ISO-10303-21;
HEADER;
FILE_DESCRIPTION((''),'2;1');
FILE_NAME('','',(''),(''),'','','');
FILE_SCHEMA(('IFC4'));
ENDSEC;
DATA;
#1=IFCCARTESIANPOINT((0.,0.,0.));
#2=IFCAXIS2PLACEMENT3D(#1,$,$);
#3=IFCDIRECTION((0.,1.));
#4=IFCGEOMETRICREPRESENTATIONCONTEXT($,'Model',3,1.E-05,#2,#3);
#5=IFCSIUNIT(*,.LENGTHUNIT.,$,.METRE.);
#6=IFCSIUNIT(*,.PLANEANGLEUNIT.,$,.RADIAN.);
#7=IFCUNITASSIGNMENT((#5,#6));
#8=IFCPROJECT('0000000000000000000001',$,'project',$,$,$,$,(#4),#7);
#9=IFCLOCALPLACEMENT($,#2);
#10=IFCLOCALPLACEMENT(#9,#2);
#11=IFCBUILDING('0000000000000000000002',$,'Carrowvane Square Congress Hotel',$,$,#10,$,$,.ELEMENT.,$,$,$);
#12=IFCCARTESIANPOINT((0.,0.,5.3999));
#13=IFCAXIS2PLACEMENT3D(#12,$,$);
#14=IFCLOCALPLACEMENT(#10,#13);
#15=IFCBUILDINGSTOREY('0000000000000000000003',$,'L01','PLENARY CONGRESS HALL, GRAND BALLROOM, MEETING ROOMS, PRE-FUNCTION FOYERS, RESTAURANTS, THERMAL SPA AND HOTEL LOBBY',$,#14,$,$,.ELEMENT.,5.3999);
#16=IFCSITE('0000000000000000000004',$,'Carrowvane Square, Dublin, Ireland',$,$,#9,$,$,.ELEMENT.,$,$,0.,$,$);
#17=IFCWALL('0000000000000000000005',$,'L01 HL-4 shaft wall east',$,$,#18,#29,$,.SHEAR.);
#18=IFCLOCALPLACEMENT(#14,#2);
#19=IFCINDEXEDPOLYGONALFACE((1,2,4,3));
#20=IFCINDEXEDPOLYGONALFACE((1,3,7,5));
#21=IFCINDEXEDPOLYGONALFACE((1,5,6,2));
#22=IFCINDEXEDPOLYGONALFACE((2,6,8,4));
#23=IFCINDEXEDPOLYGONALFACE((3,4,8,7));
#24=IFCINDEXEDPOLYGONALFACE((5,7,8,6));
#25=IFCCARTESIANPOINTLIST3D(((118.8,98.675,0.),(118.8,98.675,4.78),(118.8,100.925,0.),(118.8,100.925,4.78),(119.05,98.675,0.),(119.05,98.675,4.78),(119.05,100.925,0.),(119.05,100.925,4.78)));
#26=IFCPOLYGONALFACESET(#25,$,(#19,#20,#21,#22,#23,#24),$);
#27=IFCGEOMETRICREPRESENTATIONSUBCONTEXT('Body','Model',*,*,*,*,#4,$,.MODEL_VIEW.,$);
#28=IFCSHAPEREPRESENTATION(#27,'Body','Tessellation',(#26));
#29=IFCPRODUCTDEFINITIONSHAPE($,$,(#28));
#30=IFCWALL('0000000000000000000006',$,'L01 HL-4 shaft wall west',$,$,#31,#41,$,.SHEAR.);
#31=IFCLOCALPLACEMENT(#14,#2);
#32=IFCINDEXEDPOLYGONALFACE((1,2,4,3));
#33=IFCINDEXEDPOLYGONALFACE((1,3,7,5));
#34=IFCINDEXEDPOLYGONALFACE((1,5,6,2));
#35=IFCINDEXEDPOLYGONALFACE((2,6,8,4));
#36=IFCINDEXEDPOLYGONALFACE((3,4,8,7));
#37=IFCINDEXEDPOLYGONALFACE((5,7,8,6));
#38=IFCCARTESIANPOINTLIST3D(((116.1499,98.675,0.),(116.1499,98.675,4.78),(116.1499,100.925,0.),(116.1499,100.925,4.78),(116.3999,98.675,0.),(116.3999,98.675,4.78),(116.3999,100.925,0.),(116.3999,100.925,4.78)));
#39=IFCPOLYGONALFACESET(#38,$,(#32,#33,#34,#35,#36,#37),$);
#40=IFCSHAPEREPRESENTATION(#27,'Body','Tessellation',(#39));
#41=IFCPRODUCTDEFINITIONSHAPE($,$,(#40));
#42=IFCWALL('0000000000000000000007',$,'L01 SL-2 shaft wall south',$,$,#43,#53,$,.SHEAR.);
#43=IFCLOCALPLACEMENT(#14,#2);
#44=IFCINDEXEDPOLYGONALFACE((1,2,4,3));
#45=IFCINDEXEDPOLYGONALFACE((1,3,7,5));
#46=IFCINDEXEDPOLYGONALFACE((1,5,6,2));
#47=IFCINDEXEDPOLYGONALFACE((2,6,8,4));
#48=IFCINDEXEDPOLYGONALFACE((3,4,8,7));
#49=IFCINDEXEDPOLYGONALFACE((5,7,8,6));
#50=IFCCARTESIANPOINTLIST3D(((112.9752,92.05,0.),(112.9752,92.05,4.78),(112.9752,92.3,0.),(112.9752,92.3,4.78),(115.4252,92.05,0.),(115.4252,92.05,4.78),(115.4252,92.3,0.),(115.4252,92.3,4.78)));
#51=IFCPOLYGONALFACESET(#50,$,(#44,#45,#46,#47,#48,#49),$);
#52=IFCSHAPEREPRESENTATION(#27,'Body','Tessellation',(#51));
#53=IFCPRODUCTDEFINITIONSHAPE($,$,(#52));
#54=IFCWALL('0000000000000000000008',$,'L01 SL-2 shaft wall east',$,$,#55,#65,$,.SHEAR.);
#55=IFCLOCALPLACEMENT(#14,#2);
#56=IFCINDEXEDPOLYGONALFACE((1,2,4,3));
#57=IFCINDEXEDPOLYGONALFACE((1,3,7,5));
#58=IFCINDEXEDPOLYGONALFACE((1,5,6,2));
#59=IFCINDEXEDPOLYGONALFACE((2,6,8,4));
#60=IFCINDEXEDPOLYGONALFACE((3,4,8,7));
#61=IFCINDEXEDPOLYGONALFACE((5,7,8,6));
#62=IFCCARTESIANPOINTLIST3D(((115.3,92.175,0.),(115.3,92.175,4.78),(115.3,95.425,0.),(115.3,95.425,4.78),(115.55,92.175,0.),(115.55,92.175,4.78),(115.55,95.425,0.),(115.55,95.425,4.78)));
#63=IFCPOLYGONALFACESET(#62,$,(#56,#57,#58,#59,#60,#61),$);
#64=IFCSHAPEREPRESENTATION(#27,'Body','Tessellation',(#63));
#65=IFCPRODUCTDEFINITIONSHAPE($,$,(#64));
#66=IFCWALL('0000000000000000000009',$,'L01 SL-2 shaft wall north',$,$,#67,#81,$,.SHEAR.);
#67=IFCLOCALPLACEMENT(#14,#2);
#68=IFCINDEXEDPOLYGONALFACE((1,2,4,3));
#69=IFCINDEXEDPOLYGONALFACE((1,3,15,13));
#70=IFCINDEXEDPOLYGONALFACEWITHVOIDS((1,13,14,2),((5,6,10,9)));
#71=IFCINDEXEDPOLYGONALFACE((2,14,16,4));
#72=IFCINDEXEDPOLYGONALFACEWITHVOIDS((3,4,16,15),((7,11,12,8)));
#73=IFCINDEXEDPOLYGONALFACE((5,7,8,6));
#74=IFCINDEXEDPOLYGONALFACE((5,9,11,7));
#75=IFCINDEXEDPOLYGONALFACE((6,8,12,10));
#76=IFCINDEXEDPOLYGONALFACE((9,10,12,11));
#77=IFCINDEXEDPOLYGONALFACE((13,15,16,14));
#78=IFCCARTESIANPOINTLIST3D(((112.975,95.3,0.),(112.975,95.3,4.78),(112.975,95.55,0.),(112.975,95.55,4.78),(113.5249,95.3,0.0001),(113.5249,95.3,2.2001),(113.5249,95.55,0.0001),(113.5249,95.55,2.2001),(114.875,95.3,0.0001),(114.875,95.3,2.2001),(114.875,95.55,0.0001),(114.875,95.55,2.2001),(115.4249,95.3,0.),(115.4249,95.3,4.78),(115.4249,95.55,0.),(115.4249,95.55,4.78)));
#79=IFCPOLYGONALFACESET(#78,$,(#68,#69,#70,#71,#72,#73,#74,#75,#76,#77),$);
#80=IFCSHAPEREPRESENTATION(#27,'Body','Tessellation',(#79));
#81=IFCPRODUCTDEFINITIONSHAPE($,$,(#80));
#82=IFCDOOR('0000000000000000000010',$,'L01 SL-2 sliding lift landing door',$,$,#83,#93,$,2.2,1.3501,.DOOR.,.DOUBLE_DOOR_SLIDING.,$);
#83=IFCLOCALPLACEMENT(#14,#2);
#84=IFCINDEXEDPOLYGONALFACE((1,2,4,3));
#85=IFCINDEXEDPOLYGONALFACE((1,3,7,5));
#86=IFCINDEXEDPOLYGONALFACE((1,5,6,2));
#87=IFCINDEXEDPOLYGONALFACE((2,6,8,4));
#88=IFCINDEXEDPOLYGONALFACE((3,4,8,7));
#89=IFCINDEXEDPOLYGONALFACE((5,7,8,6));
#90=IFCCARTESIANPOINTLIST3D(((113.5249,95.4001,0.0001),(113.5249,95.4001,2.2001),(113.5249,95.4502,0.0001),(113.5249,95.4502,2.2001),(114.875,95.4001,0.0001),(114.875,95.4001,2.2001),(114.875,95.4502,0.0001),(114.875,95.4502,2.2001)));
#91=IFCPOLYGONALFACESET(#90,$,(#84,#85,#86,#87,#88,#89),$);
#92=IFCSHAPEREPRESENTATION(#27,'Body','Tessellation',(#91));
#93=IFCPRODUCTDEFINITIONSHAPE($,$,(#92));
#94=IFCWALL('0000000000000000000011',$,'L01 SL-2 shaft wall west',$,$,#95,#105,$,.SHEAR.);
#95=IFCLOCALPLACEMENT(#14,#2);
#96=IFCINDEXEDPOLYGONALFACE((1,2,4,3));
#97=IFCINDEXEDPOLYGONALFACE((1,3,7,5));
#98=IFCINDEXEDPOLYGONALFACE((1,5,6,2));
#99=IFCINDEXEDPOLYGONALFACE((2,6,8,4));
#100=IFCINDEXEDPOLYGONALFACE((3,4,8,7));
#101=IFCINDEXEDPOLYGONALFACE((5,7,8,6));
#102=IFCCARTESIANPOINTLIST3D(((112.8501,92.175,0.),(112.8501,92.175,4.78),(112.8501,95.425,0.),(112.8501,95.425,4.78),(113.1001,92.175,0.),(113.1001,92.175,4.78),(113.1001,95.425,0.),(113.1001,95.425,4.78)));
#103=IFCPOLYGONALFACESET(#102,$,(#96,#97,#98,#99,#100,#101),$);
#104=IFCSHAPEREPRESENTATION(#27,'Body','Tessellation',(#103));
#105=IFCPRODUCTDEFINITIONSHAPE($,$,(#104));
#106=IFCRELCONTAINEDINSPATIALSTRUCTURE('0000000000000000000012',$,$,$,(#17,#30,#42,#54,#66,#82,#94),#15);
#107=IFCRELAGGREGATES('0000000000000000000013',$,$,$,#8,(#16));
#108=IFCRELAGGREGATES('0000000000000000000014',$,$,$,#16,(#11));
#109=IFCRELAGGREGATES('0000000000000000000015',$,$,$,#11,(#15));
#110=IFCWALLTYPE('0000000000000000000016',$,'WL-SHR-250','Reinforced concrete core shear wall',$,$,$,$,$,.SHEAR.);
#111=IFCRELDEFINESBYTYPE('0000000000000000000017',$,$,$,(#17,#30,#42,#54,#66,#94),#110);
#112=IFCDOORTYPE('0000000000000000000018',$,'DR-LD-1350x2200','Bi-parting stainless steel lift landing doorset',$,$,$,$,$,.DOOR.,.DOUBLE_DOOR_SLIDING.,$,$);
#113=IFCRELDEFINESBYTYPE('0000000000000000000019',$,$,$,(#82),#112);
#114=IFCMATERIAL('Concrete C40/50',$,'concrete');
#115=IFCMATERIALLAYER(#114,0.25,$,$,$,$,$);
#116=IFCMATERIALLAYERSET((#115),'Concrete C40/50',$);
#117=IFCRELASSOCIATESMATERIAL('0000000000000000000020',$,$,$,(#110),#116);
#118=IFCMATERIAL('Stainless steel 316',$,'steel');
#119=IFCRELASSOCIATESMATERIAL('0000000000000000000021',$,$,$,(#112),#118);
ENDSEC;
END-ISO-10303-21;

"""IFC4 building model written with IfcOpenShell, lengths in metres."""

from ifc_helpers import new_model, si_unit, direction, frame, frame_2d, origin, place, context, subcontext, project, spatial, rectangle, extrude, material, layer, layer_set, type_object, element, fill, save


model = new_model("IFC4")

# Units and contexts
model_context = context("Model", 3, precision=1e-05, world=origin(), true_north=direction((0.0, 1.0)))
body_context = subcontext(model_context, "Body", "Model", "MODEL_VIEW")
ifc_project = project(units=[si_unit("LENGTHUNIT", "METRE"), si_unit("PLANEANGLEUNIT", "RADIAN")], contexts=[model_context])

# Site, building, storey
site_placement = place(None, origin())
site = spatial("IfcSite", under=ifc_project, at=site_placement, Name="Carrowvane Square, Dublin, Ireland", CompositionType="ELEMENT", RefElevation=0.0)
building_placement = place(site_placement, origin())
building = spatial("IfcBuilding", under=site, at=building_placement, Name="Carrowvane Square Congress Hotel", CompositionType="ELEMENT")
storey_placement = place(building_placement, frame((0.0, 0.0, 5.3999)))
storey = spatial("IfcBuildingStorey", under=building, at=storey_placement, Name="L01", Description="PLENARY CONGRESS HALL, GRAND BALLROOM, MEETING ROOMS, PRE-FUNCTION FOYERS, RESTAURANTS, THERMAL SPA AND HOTEL LOBBY", CompositionType="ELEMENT", Elevation=5.3999)

# Shared definitions
ifc_material_1 = material(Name="Concrete C40/50", Category="concrete")
ifc_layer_1 = layer(ifc_material_1, 0.25)
ifc_layer_set_1 = layer_set([ifc_layer_1], Name="Concrete C40/50")
wall_type_1 = type_object("IfcWallType", Name="WL-SHR-250", Description="Reinforced concrete core shear wall", PredefinedType="SHEAR", material=ifc_layer_set_1)

# Wall
wall_1_placement = place(storey_placement, frame((118.925, 98.675, 0.0), z_axis=(0.0, 0.0, 1.0), x_axis=(0.0, 1.0, 0.0)))
element("IfcWall", 1, at=wall_1_placement, inside=storey, type_object=wall_type_1, Name="L01 HL-4 shaft wall east", PredefinedType="SHEAR", context=body_context, shape_type="SweptSolid", body=[
    extrude(rectangle(XDim=2.25, YDim=0.25, at=frame_2d((1.125, 0.0))), origin(), (0.0, 0.0, 1.0), 4.78),
])

# Walls
wall_2_placement = place(storey_placement, frame((116.2749, 100.925, 0.0), z_axis=(0.0, 0.0, 1.0), x_axis=(0.0, -1.0, 0.0)))
element("IfcWall", 2, at=wall_2_placement, inside=storey, type_object=wall_type_1, Name="L01 HL-4 shaft wall west", PredefinedType="SHEAR", context=body_context, shape_type="SweptSolid", body=[
    extrude(rectangle(XDim=2.25, YDim=0.25, at=frame_2d((1.125, 0.0))), origin(), (0.0, 0.0, 1.0), 4.78),
])
wall_3_placement = place(storey_placement, frame((112.9751, 92.175, 0.0), z_axis=(0.0, 0.0, 1.0), x_axis=(1.0, 0.0, 0.0)))
element("IfcWall", 3, at=wall_3_placement, inside=storey, type_object=wall_type_1, Name="L01 SL-2 shaft wall south", PredefinedType="SHEAR", context=body_context, shape_type="SweptSolid", body=[
    extrude(rectangle(XDim=2.45, YDim=0.25, at=frame_2d((1.2251, 0.0))), origin(), (0.0, 0.0, 1.0), 4.78),
])
wall_4_placement = place(storey_placement, frame((115.425, 92.175, 0.0), z_axis=(0.0, 0.0, 1.0), x_axis=(0.0, 1.0, 0.0)))
element("IfcWall", 4, at=wall_4_placement, inside=storey, type_object=wall_type_1, Name="L01 SL-2 shaft wall east", PredefinedType="SHEAR", context=body_context, shape_type="SweptSolid", body=[
    extrude(rectangle(XDim=3.25, YDim=0.25, at=frame_2d((1.625, 0.0))), origin(), (0.0, 0.0, 1.0), 4.78),
])

# Wall, opening, door
wall_5_placement = place(storey_placement, frame((115.425, 95.425, 0.0), z_axis=(0.0, 0.0, 1.0), x_axis=(-1.0, 0.0, 0.0)))
wall_5 = element("IfcWall", 5, at=wall_5_placement, inside=storey, type_object=wall_type_1, Name="L01 SL-2 shaft wall north", PredefinedType="SHEAR", context=body_context, shape_type="SweptSolid", body=[
    extrude(rectangle(XDim=2.45, YDim=0.25, at=frame_2d((1.2251, 0.0))), origin(), (0.0, 0.0, 1.0), 4.78),
])
opening_1_placement = place(wall_5_placement, frame((0.55, 0.0, 0.0)))
opening_1 = element("IfcOpeningElement", 6, at=opening_1_placement, cuts=wall_5, PredefinedType="OPENING", context=body_context, shape_type="SweptSolid", body=[
    extrude(rectangle(XDim=1.3501, YDim=2.2, at=frame_2d((0.675, 1.1001))), frame((0.0, 0.135, 0.0), z_axis=(0.0, -1.0, 0.0), x_axis=(1.0, 0.0, 0.0)), (0.0, 0.0, 1.0), 0.27),
])
ifc_material_2 = material(Name="Stainless steel 316", Category="steel")
door_type_1 = type_object("IfcDoorType", Name="DR-LD-1350x2200", Description="Bi-parting stainless steel lift landing doorset", OperationType="DOUBLE_DOOR_SLIDING", PredefinedType="DOOR", material=ifc_material_2)
door_1_placement = place(opening_1_placement, origin())
door_1 = element("IfcDoor", 7, at=door_1_placement, inside=storey, type_object=door_type_1, Name="L01 SL-2 sliding lift landing door", OperationType="DOUBLE_DOOR_SLIDING", OverallHeight=2.2, OverallWidth=1.3501, PredefinedType="DOOR", context=body_context, shape_type="SweptSolid", body=[
    extrude(rectangle(XDim=1.3501, YDim=2.2, at=frame_2d((0.675, 1.1001))), frame((0.0, 0.0249, 0.0), z_axis=(0.0, -1.0, 0.0), x_axis=(1.0, 0.0, 0.0)), (0.0, 0.0, 1.0), 0.05),
])
fill(opening_1, door_1)

# Wall
wall_6_placement = place(storey_placement, frame((112.9751, 95.425, 0.0), z_axis=(0.0, 0.0, 1.0), x_axis=(0.0, -1.0, 0.0)))
element("IfcWall", 8, at=wall_6_placement, inside=storey, type_object=wall_type_1, Name="L01 SL-2 shaft wall west", PredefinedType="SHEAR", context=body_context, shape_type="SweptSolid", body=[
    extrude(rectangle(XDim=3.25, YDim=0.25, at=frame_2d((1.625, 0.0))), origin(), (0.0, 0.0, 1.0), 4.78),
])

save(model, "model.ifc")
